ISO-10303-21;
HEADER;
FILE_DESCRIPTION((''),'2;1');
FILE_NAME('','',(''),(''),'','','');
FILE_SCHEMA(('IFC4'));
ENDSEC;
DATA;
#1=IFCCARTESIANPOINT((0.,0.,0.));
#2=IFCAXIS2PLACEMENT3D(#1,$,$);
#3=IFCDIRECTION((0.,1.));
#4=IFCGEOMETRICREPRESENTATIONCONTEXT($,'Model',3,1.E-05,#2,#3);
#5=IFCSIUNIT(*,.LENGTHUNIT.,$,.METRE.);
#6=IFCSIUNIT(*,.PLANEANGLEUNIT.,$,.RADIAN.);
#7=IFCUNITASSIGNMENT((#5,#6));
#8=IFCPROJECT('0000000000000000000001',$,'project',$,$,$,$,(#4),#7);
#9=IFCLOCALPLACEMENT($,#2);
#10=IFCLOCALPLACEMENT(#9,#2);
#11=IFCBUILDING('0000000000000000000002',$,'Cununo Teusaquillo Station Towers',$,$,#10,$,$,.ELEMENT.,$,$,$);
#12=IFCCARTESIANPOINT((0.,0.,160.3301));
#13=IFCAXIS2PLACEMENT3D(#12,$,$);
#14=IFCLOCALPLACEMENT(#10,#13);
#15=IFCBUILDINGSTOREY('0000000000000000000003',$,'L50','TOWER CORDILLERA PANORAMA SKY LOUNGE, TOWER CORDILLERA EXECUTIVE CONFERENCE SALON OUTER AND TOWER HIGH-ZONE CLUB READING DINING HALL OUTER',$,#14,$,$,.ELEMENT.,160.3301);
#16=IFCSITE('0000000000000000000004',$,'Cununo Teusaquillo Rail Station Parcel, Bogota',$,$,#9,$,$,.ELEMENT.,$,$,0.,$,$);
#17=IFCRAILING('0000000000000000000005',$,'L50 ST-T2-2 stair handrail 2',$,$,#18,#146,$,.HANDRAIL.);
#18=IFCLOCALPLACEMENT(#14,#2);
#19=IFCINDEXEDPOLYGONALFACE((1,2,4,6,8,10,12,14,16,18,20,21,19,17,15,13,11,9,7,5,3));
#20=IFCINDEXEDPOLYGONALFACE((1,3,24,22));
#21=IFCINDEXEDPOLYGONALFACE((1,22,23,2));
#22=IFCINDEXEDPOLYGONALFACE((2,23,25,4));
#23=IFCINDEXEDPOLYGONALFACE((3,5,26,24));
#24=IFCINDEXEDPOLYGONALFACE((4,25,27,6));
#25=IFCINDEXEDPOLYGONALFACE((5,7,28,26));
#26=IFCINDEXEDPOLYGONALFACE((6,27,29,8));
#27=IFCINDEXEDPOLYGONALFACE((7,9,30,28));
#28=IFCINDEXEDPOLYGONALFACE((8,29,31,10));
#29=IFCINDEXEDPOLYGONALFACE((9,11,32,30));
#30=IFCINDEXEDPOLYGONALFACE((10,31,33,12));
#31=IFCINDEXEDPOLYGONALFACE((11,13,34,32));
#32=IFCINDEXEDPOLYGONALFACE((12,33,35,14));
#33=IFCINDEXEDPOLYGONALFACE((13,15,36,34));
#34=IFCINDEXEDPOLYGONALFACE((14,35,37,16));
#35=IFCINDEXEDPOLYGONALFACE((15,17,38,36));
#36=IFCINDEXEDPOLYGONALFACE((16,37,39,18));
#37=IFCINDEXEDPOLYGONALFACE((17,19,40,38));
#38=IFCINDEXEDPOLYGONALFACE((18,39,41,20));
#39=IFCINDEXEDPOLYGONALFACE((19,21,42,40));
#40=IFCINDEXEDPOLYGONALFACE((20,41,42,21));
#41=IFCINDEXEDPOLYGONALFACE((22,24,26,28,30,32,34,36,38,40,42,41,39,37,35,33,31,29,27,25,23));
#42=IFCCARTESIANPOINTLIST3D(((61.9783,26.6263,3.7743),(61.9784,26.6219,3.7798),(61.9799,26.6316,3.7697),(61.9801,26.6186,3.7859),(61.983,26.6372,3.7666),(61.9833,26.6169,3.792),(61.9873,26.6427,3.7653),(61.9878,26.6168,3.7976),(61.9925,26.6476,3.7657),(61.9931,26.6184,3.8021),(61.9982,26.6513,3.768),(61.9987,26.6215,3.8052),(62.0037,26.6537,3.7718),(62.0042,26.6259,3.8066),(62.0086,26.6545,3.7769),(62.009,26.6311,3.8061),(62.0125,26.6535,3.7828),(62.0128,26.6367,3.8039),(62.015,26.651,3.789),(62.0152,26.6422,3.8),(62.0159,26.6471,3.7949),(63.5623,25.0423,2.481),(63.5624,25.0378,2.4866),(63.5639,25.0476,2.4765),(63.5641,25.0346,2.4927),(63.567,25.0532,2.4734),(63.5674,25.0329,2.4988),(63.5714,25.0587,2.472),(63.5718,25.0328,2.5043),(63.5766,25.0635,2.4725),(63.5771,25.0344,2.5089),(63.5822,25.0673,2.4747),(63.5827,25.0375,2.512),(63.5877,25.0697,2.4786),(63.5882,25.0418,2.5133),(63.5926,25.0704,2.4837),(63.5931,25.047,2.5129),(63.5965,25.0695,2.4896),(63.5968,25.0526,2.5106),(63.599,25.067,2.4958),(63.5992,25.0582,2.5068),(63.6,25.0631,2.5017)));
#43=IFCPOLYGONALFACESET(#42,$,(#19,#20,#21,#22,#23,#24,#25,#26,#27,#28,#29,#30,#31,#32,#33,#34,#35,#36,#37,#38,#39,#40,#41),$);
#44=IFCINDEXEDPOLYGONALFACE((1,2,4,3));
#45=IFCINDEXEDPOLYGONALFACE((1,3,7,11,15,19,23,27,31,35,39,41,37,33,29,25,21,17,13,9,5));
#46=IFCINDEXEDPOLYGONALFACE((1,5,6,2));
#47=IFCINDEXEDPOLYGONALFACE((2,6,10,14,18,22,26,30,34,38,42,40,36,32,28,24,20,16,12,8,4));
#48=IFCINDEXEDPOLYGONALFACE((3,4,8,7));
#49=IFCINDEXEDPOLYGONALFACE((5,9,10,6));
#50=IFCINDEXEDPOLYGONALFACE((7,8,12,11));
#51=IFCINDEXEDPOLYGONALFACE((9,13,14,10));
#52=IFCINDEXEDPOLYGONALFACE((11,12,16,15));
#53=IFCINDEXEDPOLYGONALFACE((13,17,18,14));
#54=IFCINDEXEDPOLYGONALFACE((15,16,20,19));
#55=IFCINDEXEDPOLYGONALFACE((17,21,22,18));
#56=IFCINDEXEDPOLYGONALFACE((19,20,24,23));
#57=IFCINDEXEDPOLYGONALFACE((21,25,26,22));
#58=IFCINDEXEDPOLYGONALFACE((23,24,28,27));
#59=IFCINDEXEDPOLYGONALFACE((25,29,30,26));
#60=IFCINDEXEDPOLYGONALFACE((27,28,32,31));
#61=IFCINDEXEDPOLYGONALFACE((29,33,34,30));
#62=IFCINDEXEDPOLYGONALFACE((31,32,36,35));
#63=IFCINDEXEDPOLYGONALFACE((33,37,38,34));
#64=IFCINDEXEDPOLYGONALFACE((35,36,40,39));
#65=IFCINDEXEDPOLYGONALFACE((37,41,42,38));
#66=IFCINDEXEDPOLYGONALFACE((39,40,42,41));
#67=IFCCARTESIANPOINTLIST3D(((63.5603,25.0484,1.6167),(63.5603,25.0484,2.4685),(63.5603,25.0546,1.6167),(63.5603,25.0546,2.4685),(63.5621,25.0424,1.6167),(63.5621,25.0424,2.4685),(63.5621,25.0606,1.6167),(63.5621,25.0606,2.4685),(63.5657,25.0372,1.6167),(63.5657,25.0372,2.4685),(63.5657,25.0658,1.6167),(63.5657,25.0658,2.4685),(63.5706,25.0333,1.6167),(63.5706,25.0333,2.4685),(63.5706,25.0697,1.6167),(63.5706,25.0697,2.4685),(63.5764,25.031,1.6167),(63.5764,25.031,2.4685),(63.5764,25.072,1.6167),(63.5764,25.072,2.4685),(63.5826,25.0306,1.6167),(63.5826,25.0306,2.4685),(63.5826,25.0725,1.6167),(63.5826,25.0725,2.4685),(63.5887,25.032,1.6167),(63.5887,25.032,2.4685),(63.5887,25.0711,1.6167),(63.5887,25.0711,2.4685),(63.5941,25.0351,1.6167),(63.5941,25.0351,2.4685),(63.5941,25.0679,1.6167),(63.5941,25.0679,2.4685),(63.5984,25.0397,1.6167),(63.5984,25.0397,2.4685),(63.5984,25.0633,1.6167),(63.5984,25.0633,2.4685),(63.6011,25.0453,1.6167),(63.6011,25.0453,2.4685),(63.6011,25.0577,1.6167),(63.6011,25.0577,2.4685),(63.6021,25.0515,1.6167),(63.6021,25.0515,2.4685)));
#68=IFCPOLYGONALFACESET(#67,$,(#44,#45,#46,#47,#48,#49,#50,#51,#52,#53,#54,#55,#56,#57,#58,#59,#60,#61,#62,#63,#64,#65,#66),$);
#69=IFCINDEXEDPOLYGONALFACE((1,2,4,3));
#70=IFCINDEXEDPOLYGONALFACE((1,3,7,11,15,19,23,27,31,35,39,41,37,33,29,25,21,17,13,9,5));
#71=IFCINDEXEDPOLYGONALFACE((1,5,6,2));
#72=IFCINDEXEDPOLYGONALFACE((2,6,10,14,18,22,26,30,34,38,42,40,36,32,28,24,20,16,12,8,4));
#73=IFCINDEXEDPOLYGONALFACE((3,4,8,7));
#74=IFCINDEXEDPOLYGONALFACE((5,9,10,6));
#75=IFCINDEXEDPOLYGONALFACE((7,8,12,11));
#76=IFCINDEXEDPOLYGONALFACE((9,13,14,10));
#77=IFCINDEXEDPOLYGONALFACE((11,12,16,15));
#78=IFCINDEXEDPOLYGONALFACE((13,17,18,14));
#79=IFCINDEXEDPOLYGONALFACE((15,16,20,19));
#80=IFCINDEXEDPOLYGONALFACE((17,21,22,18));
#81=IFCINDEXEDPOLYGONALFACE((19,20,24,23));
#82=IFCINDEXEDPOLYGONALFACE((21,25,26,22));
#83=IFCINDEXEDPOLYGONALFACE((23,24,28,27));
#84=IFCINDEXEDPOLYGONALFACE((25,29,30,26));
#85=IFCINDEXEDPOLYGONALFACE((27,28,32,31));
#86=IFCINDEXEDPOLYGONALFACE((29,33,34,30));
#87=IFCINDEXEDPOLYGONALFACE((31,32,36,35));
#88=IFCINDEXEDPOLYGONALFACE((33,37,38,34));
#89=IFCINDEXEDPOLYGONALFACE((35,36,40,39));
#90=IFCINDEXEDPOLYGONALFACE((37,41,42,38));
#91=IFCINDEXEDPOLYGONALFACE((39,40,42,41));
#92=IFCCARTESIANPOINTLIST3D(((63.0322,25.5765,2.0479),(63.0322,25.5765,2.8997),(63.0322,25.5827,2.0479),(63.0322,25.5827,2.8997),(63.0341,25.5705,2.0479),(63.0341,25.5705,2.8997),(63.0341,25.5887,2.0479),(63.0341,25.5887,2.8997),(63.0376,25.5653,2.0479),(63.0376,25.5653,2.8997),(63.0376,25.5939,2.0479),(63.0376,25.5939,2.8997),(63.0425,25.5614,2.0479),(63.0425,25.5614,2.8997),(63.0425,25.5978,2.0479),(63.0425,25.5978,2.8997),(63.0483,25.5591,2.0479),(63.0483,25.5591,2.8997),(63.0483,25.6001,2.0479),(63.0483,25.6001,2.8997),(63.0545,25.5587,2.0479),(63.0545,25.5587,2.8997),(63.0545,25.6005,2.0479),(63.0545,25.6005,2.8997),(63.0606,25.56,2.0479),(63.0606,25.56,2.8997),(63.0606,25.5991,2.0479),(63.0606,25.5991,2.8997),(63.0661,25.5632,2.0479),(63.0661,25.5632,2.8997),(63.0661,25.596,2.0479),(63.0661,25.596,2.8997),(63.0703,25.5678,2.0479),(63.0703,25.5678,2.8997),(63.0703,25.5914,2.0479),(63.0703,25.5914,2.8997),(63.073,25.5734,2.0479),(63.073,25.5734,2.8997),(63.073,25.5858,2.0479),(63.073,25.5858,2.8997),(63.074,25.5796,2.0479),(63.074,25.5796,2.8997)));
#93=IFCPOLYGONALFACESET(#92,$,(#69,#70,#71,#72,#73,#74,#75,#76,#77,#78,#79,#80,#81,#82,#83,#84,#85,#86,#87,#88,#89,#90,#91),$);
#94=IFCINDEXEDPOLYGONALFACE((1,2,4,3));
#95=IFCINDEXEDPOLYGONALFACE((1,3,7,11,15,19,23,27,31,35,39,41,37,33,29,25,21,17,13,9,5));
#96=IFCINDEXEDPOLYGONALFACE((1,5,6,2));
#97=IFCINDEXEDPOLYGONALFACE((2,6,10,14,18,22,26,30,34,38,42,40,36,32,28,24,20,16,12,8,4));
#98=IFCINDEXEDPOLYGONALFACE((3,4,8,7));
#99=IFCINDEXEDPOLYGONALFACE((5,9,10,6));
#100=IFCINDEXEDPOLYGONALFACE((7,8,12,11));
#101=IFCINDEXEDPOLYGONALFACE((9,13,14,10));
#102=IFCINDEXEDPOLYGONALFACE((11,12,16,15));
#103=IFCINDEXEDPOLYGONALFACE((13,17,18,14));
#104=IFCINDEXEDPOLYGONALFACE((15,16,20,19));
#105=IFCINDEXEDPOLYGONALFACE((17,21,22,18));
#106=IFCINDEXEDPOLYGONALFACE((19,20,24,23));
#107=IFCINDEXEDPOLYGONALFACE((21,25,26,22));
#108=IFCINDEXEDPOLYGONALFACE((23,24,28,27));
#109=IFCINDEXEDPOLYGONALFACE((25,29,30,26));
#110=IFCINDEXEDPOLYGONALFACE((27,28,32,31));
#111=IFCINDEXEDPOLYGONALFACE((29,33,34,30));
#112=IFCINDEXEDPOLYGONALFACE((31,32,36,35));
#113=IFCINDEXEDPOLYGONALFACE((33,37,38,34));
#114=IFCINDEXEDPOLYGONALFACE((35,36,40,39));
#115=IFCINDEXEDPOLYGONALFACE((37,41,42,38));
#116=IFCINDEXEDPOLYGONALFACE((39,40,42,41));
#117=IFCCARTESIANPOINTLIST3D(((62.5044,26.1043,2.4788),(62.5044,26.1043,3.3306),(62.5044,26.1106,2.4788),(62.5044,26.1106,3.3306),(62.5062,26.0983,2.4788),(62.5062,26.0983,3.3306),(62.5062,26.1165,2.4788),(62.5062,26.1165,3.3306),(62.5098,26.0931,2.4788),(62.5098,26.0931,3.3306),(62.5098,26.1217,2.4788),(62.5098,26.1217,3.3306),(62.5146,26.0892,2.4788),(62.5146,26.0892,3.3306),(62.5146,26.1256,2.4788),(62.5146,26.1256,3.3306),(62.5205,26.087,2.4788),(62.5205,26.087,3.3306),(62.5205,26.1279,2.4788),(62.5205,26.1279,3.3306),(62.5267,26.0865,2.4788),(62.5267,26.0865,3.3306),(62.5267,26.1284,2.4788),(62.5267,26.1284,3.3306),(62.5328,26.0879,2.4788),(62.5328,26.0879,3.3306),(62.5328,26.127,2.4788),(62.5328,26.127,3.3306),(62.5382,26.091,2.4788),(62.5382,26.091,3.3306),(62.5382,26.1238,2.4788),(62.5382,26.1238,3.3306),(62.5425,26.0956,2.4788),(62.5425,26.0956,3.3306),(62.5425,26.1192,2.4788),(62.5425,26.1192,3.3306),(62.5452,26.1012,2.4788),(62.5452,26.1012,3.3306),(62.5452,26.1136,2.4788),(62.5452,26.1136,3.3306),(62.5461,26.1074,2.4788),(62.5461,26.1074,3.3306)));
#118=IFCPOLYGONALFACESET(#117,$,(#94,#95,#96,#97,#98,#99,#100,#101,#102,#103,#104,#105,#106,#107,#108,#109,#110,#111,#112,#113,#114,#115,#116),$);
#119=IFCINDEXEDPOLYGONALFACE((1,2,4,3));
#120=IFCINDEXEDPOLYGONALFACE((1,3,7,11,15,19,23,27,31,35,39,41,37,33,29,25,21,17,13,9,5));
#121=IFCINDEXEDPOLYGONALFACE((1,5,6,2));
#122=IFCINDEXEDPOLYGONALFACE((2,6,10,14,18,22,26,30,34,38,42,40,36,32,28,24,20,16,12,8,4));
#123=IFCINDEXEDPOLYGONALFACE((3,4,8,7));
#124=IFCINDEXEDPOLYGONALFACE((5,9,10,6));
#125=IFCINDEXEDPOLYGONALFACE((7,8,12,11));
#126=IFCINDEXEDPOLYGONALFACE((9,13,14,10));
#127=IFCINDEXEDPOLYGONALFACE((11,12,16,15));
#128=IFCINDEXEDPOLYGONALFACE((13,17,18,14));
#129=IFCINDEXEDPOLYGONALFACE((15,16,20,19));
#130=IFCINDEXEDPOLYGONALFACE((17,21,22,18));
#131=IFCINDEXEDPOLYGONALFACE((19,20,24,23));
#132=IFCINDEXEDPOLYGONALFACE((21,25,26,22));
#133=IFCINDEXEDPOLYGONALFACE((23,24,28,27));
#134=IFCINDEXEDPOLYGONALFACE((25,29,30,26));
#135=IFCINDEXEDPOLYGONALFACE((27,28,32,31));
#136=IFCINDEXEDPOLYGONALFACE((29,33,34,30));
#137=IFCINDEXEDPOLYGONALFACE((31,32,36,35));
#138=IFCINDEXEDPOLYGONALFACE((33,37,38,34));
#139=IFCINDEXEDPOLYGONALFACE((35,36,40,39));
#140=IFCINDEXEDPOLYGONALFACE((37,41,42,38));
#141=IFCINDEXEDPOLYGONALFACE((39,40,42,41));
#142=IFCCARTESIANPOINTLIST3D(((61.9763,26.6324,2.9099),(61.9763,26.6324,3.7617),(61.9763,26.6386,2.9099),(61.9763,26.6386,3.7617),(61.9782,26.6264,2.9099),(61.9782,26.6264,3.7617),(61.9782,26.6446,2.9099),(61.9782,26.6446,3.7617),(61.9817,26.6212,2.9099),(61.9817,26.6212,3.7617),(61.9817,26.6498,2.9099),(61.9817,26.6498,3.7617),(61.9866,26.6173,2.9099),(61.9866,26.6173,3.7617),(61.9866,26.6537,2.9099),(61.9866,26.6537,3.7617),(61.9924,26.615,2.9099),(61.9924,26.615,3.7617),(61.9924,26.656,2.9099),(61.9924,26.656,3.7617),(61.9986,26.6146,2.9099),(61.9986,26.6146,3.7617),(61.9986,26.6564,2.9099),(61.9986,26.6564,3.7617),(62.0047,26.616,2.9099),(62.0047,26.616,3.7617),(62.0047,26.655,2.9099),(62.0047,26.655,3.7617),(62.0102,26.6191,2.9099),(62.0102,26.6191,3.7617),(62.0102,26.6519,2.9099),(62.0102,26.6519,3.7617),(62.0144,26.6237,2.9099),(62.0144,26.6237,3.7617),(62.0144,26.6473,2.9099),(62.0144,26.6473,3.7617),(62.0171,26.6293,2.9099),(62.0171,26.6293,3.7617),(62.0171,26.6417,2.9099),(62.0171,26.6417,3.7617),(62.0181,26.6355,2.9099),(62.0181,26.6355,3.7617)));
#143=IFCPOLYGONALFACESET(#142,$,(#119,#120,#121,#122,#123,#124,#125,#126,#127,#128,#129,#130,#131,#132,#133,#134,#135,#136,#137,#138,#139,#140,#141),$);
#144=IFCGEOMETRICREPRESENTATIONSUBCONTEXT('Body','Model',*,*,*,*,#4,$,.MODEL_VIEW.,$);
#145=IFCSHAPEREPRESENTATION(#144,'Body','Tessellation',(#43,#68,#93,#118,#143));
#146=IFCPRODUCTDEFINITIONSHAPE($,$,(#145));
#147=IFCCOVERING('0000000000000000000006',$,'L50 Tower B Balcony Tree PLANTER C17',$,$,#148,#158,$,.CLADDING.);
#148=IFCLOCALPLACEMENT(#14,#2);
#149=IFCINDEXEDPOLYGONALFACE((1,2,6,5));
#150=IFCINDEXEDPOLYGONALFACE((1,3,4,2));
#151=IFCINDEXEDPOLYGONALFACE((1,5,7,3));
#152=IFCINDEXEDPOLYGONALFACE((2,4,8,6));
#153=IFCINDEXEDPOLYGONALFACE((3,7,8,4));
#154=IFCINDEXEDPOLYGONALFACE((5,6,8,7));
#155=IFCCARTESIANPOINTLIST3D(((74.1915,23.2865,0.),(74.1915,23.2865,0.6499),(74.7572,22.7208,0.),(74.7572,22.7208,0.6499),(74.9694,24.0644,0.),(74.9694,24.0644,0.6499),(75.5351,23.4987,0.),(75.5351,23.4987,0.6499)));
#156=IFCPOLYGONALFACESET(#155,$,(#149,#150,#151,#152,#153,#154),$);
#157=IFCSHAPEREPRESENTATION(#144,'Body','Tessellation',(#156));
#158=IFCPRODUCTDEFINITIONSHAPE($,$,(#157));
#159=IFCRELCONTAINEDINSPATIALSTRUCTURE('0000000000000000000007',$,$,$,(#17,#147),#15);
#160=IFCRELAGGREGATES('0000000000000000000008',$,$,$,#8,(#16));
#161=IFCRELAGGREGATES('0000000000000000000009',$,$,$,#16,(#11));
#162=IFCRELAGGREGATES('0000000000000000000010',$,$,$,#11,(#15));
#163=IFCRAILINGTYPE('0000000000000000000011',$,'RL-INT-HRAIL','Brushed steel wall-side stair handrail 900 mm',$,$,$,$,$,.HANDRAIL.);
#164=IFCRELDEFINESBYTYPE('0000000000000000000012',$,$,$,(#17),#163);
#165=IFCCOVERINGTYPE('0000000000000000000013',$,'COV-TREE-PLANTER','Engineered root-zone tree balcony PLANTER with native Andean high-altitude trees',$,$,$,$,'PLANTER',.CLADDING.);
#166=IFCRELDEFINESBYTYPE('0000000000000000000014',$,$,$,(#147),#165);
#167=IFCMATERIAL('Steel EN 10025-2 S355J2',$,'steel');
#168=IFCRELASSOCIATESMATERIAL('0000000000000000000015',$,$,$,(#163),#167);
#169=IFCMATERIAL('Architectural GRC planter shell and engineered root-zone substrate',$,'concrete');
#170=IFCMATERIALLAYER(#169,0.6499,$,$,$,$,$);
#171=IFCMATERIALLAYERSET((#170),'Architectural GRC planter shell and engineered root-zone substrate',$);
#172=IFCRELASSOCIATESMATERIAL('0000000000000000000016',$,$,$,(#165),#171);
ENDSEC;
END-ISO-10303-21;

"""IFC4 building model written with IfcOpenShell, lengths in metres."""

from ifc_helpers import new_model, si_unit, direction, frame, origin, origin_2d, place, context, subcontext, project, spatial, rectangle, circle, extrude, source, transform, mapped, material, layer, layer_set, type_object, element, save


model = new_model("IFC4")

# Units and contexts
model_context = context("Model", 3, precision=1e-05, world=origin(), true_north=direction((0.0, 1.0)))
body_context = subcontext(model_context, "Body", "Model", "MODEL_VIEW")
ifc_project = project(units=[si_unit("LENGTHUNIT", "METRE"), si_unit("PLANEANGLEUNIT", "RADIAN")], contexts=[model_context])

# Site, building, storey
site_placement = place(None, origin())
site = spatial("IfcSite", under=ifc_project, at=site_placement, Name="Cununo Teusaquillo Rail Station Parcel, Bogota", CompositionType="ELEMENT", RefElevation=0.0)
building_placement = place(site_placement, origin())
building = spatial("IfcBuilding", under=site, at=building_placement, Name="Cununo Teusaquillo Station Towers", CompositionType="ELEMENT")
storey_placement = place(building_placement, frame((0.0, 0.0, 160.3301)))
storey = spatial("IfcBuildingStorey", under=building, at=storey_placement, Name="L50", Description="TOWER CORDILLERA PANORAMA SKY LOUNGE, TOWER CORDILLERA EXECUTIVE CONFERENCE SALON OUTER AND TOWER HIGH-ZONE CLUB READING DINING HALL OUTER", CompositionType="ELEMENT", Elevation=160.3301)

# Railing
ifc_material_1 = material(Name="Steel EN 10025-2 S355J2", Category="steel")
railing_type_1 = type_object("IfcRailingType", Name="RL-INT-HRAIL", Description="Brushed steel wall-side stair handrail 900 mm", PredefinedType="HANDRAIL", material=ifc_material_1)
railing_1_placement = place(storey_placement, frame((63.5811, 25.0515, 1.6167)))
element("IfcRailing", 1, at=railing_1_placement, inside=storey, type_object=railing_type_1, Name="L50 ST-T2-2 stair handrail 2", PredefinedType="HANDRAIL", context=body_context, shape_type="SweptSolid", body=[
    extrude(circle(Radius=0.0239, at=origin_2d()), frame((0.0, 0.0, 0.876), z_axis=(-0.612385, 0.612385, 0.49997), x_axis=(-0.707107, -0.707107, 0.0)), (0.0, 0.0, 1.0), 2.5867),
    extrude(circle(Radius=0.021, at=origin_2d()), origin(), (0.0, 0.0, 1.0), 0.8518),
    extrude(circle(Radius=0.021, at=origin_2d()), frame((-0.5281, 0.5281, 0.4312)), (0.0, 0.0, 1.0), 0.8518),
    extrude(circle(Radius=0.021, at=origin_2d()), frame((-1.0559, 1.0559, 0.8621)), (0.0, 0.0, 1.0), 0.8518),
    extrude(circle(Radius=0.021, at=origin_2d()), frame((-1.584, 1.584, 1.2932)), (0.0, 0.0, 1.0), 0.8518),
])

# Covering
ifc_material_2 = material(Name="Architectural GRC planter shell and engineered root-zone substrate", Category="concrete")
ifc_layer_1 = layer(ifc_material_2, 0.6499)
ifc_layer_set_1 = layer_set([ifc_layer_1], Name="Architectural GRC planter shell and engineered root-zone substrate")
covering_type = type_object("IfcCoveringType", Name="COV-TREE-PLANTER", Description="Engineered root-zone tree balcony PLANTER with native Andean high-altitude trees", ElementType="PLANTER", PredefinedType="CLADDING", material=ifc_layer_set_1)
shared_shape_1 = source(origin(), body_context, "Body", "SweptSolid", [
    extrude(rectangle(XDim=1.1001, YDim=0.8, at=origin_2d()), origin(), (0.0, 0.0, 1.0), 0.6499),
])
covering_placement = place(storey_placement, frame((74.8633, 23.3926, 0.0), z_axis=(0.0, 0.0, 1.0), x_axis=(0.707107, 0.707107, 0.0)))
element("IfcCovering", 2, at=covering_placement, inside=storey, type_object=covering_type, Name="L50 Tower B Balcony Tree PLANTER C17", PredefinedType="CLADDING", context=body_context, shape_type="MappedRepresentation", body=[
    mapped(shared_shape_1, transform((0.0, 0.0, 0.0), x_axis=(1.0, 0.0, 0.0), y_axis=(0.0, 1.0, 0.0), z_axis=(0.0, 0.0, 1.0), scale=1.0)),
])

save(model, "model.ifc")
